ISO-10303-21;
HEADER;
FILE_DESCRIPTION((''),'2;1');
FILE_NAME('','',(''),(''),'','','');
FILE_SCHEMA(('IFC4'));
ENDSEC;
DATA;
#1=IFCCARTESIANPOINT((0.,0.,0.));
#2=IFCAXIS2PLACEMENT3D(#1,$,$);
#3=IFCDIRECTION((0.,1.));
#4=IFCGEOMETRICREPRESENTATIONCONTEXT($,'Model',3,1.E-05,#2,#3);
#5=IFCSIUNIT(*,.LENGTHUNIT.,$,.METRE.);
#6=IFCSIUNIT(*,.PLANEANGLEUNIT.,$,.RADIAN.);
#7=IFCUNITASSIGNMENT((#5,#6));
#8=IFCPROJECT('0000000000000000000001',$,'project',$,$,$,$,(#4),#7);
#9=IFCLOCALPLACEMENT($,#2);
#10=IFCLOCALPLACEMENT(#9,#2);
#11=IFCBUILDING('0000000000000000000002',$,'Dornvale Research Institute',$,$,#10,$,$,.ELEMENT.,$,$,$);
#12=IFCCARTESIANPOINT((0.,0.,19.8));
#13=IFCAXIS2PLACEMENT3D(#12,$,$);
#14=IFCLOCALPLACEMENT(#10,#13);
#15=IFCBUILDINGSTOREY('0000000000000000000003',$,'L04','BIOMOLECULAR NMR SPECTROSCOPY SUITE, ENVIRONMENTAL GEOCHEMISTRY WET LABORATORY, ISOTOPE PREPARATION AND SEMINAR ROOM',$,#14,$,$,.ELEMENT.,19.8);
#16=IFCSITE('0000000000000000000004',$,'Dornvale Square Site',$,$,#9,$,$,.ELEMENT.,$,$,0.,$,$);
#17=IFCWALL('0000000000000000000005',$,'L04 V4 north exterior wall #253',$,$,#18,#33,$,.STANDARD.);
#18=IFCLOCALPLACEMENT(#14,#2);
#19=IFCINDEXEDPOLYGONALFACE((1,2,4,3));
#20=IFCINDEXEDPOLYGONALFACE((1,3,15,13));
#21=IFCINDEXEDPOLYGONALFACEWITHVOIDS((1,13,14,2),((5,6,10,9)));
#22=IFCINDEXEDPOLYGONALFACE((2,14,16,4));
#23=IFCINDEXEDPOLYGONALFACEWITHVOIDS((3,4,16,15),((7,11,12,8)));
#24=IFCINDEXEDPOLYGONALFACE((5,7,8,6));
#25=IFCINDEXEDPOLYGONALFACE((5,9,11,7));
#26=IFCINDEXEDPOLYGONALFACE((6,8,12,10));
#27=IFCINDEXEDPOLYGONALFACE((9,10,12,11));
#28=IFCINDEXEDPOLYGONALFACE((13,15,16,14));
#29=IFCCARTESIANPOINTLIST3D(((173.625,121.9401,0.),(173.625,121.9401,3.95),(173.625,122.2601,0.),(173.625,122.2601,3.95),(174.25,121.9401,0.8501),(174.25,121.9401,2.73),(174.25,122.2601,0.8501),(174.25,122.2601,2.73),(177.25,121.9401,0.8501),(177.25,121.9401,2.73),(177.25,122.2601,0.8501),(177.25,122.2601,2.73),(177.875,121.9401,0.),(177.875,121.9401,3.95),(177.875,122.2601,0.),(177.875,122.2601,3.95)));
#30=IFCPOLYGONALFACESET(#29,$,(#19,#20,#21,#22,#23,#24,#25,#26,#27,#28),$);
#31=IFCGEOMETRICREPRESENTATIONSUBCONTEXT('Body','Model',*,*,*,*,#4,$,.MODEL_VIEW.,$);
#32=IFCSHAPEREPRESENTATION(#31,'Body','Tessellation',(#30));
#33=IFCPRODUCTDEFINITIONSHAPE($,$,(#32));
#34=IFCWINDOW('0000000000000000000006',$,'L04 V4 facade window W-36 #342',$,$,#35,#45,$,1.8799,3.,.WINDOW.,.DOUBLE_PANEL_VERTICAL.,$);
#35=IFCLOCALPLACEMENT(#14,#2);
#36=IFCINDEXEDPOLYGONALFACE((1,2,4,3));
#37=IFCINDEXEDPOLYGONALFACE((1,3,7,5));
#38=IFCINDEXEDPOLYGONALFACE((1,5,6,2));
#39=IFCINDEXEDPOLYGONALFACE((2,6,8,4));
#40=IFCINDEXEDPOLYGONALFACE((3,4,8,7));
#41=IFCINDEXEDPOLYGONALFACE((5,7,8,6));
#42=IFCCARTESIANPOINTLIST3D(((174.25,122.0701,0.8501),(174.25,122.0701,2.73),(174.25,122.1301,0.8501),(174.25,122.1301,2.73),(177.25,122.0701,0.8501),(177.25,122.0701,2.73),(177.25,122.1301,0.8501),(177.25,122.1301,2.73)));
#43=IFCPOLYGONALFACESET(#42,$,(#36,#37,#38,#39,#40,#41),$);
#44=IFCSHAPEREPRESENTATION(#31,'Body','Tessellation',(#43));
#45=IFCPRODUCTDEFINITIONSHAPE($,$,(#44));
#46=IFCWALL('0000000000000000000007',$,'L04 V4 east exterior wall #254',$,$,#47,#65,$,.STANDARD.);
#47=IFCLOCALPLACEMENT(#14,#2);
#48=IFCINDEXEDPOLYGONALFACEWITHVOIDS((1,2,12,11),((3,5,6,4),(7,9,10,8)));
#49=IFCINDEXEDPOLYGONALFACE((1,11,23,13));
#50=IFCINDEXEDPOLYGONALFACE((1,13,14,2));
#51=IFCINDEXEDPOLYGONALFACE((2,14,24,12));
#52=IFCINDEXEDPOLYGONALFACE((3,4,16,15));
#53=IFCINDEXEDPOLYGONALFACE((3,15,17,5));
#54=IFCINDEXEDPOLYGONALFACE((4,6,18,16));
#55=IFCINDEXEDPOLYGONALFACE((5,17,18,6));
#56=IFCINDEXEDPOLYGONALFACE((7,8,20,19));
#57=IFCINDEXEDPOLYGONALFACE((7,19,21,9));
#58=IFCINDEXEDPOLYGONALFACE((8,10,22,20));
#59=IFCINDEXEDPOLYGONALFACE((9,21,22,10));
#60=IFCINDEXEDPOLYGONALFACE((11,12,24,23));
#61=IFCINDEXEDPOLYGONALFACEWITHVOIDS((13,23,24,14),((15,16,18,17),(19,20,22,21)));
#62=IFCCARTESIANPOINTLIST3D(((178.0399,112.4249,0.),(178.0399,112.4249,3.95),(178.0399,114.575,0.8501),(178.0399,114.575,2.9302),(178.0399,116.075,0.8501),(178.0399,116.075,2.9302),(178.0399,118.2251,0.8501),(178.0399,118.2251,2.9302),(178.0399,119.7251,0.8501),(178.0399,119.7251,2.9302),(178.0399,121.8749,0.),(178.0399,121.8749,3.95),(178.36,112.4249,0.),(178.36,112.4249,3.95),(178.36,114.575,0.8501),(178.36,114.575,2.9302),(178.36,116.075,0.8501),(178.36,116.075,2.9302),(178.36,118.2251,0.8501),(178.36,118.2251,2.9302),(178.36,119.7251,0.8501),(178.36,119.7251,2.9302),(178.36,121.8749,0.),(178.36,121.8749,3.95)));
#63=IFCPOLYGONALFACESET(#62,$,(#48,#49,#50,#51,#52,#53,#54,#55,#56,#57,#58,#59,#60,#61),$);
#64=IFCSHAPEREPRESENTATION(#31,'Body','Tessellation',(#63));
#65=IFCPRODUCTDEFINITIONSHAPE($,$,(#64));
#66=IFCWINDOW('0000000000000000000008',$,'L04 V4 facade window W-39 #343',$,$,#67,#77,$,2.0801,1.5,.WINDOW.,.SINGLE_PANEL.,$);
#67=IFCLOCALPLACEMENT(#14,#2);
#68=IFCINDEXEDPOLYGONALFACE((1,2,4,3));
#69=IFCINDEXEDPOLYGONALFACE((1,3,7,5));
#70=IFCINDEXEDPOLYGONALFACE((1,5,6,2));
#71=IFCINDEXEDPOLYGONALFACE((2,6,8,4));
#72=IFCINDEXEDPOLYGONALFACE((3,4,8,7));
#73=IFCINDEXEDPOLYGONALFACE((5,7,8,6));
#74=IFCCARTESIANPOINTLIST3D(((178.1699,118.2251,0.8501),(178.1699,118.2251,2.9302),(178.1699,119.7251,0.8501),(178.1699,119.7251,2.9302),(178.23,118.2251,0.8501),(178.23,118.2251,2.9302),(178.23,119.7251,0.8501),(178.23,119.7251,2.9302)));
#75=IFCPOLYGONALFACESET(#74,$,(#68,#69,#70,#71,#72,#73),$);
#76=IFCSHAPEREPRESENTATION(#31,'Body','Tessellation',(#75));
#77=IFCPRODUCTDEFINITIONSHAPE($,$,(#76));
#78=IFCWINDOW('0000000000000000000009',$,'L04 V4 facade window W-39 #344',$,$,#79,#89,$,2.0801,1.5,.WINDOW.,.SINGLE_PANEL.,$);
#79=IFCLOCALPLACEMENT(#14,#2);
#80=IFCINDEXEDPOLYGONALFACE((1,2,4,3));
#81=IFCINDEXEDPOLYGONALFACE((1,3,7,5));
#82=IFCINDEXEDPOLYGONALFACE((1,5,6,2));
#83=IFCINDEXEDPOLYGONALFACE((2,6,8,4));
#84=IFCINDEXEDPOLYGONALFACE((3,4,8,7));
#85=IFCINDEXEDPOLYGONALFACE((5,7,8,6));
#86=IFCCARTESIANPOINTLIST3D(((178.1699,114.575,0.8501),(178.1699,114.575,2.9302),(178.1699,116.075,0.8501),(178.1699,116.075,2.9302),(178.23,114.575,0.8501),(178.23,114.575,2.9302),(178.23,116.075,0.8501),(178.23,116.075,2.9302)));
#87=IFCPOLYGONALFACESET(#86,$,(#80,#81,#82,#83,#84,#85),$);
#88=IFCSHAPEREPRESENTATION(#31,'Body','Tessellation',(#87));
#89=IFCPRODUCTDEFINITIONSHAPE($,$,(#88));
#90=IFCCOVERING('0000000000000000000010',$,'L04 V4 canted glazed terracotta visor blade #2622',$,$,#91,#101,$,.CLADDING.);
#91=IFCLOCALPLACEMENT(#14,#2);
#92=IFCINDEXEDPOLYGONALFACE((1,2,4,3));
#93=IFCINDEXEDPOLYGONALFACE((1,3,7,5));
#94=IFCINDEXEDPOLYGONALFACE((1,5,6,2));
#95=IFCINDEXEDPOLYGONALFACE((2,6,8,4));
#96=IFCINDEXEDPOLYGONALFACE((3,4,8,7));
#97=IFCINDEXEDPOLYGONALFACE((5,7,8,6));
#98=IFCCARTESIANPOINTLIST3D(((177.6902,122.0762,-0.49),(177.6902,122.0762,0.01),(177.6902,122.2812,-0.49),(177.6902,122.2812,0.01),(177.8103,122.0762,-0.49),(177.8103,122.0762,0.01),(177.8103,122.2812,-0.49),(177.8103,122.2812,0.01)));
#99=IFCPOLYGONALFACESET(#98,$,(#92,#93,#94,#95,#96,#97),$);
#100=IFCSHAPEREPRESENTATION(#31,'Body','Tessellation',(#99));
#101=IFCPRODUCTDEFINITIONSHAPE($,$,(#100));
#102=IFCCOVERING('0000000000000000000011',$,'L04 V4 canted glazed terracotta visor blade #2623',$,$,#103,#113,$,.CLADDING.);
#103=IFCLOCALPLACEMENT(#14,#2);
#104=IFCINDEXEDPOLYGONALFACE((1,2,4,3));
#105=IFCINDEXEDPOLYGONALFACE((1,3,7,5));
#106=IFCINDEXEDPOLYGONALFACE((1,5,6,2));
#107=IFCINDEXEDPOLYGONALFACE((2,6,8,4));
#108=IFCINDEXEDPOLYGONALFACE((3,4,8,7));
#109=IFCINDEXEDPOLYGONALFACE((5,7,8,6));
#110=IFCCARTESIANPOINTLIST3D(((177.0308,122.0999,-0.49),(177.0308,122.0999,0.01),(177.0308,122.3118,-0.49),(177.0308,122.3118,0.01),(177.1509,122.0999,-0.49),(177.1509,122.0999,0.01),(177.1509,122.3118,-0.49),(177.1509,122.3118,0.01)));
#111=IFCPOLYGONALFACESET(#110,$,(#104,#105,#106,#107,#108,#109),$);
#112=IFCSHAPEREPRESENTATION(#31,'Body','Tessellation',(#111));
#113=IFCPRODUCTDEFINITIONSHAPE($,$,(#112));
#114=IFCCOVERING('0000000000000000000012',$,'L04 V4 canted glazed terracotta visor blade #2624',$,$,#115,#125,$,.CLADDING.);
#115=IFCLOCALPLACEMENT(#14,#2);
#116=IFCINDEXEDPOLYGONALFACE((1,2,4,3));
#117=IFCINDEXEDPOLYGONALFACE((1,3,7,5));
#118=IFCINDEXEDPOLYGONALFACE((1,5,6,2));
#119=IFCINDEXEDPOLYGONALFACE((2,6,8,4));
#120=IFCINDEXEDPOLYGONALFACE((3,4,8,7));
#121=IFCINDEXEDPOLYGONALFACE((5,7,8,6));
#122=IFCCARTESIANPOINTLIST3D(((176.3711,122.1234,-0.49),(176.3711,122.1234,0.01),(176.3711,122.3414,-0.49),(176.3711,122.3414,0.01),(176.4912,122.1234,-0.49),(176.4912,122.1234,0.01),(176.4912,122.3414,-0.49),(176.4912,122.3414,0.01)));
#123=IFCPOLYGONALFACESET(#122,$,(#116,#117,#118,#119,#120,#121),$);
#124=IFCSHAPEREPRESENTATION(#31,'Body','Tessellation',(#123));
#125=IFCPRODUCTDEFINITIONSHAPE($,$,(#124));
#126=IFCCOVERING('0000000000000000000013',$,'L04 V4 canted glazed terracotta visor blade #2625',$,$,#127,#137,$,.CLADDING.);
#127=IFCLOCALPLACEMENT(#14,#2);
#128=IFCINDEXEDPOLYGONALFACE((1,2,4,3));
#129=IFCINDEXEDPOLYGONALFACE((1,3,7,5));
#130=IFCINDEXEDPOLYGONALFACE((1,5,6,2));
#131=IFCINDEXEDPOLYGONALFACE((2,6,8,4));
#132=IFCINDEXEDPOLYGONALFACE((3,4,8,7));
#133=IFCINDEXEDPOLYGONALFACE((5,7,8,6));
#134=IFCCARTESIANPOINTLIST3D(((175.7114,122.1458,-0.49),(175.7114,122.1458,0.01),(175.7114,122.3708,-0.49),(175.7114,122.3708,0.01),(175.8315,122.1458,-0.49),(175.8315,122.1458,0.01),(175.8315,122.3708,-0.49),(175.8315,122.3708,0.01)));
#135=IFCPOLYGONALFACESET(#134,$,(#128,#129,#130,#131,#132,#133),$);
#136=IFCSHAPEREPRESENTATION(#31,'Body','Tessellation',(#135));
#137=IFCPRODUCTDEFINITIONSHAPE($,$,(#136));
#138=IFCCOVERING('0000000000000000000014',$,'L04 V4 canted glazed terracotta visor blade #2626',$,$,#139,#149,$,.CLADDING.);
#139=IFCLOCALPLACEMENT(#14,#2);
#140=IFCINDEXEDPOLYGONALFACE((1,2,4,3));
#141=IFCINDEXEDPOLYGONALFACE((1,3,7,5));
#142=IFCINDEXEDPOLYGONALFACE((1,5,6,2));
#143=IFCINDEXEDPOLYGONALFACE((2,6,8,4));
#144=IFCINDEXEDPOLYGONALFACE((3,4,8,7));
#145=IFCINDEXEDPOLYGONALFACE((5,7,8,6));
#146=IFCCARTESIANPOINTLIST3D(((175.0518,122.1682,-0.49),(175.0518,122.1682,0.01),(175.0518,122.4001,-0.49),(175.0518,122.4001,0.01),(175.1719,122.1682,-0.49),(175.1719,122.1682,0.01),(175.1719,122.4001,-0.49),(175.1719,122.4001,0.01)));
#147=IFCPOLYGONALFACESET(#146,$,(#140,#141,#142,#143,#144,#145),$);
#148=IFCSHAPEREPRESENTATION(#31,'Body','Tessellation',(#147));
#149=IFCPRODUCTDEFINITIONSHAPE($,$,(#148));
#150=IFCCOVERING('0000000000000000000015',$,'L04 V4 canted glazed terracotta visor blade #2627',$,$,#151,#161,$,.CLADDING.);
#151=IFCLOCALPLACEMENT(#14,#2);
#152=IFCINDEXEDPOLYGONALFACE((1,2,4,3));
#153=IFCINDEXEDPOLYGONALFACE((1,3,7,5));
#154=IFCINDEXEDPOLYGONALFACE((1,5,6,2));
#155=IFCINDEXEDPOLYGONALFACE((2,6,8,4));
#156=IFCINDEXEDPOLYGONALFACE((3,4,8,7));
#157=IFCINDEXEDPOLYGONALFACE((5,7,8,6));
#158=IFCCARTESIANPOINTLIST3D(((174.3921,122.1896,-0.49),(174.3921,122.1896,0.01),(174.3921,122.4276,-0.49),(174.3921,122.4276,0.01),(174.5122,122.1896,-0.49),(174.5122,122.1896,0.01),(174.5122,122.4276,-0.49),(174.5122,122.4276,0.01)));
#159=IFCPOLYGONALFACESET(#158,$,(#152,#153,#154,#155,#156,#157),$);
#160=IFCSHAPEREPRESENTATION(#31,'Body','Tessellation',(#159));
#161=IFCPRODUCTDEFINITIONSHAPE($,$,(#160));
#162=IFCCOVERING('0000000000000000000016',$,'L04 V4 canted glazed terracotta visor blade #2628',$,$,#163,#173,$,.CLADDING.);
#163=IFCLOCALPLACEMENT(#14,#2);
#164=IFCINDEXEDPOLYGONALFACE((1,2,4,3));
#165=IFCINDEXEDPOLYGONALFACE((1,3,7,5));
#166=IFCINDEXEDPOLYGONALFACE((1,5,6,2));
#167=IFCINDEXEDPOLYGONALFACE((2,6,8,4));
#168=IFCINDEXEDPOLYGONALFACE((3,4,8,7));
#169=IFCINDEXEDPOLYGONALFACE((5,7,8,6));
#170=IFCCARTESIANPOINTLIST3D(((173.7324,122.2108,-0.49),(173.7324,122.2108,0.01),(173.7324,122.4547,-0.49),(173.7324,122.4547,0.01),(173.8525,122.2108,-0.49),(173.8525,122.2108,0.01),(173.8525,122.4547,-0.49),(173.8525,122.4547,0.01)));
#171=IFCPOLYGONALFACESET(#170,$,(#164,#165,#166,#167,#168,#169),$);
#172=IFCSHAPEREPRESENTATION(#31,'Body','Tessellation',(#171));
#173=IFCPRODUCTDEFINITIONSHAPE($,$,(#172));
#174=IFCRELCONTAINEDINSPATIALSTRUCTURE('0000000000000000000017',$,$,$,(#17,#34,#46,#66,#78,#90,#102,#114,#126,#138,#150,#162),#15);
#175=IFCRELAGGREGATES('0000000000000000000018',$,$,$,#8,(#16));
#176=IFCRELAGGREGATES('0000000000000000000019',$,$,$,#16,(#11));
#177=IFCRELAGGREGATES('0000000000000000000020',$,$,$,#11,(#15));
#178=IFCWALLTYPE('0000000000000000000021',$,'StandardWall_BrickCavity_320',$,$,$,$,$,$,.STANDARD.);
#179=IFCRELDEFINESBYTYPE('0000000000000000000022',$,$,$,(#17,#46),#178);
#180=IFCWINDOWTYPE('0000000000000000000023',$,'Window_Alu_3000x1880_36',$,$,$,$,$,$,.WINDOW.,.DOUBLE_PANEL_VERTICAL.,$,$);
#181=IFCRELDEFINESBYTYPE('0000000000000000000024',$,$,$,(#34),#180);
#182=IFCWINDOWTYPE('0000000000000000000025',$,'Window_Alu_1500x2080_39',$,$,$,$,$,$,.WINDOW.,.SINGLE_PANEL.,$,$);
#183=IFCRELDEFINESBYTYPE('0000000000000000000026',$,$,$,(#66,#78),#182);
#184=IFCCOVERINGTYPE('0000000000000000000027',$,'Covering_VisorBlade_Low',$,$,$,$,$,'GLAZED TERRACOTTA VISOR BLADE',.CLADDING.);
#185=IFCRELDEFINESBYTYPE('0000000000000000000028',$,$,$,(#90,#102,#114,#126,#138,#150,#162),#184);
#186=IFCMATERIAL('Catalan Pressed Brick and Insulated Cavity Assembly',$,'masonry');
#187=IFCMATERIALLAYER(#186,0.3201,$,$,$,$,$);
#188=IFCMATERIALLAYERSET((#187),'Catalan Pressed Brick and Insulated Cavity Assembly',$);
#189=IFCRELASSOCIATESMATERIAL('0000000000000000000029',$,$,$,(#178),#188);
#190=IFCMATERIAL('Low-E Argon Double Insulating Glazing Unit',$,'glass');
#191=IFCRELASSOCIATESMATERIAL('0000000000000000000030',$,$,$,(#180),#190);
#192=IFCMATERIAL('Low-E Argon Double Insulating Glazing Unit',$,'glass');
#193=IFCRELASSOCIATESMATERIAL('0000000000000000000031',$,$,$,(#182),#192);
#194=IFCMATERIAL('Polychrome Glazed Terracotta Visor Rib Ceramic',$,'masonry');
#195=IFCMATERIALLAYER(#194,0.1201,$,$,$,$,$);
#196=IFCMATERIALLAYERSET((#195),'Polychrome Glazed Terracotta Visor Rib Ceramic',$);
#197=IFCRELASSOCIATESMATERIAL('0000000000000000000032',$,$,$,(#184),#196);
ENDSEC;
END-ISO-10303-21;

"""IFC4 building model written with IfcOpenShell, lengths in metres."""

from ifc_helpers import new_model, si_unit, direction, frame, frame_2d, origin, origin_2d, place, context, subcontext, project, spatial, rectangle, extrude, material, layer, layer_set, type_object, element, fill, save


model = new_model("IFC4")

# Units and contexts
model_context = context("Model", 3, precision=1e-05, world=origin(), true_north=direction((0.0, 1.0)))
body_context = subcontext(model_context, "Body", "Model", "MODEL_VIEW")
ifc_project = project(units=[si_unit("LENGTHUNIT", "METRE"), si_unit("PLANEANGLEUNIT", "RADIAN")], contexts=[model_context])

# Site, building, storey
site_placement = place(None, origin())
site = spatial("IfcSite", under=ifc_project, at=site_placement, Name="Dornvale Square Site", CompositionType="ELEMENT", RefElevation=0.0)
building_placement = place(site_placement, origin())
building = spatial("IfcBuilding", under=site, at=building_placement, Name="Dornvale Research Institute", CompositionType="ELEMENT")
storey_placement = place(building_placement, frame((0.0, 0.0, 19.8)))
storey = spatial("IfcBuildingStorey", under=building, at=storey_placement, Name="L04", Description="BIOMOLECULAR NMR SPECTROSCOPY SUITE, ENVIRONMENTAL GEOCHEMISTRY WET LABORATORY, ISOTOPE PREPARATION AND SEMINAR ROOM", CompositionType="ELEMENT", Elevation=19.8)

# Wall, opening, window
ifc_material_1 = material(Name="Catalan Pressed Brick and Insulated Cavity Assembly", Category="masonry")
ifc_layer_1 = layer(ifc_material_1, 0.3201)
ifc_layer_set_1 = layer_set([ifc_layer_1], Name="Catalan Pressed Brick and Insulated Cavity Assembly")
wall_type = type_object("IfcWallType", Name="StandardWall_BrickCavity_320", PredefinedType="STANDARD", material=ifc_layer_set_1)
wall_1_placement = place(storey_placement, frame((173.625, 122.1001, 0.0), z_axis=(0.0, 0.0, 1.0), x_axis=(1.0, 0.0, 0.0)))
wall_1 = element("IfcWall", 1, at=wall_1_placement, inside=storey, type_object=wall_type, Name="L04 V4 north exterior wall #253", PredefinedType="STANDARD", context=body_context, shape_type="SweptSolid", body=[
    extrude(rectangle(XDim=4.25, YDim=0.3201, at=frame_2d((2.125, 0.0))), origin(), (0.0, 0.0, 1.0), 3.95),
])
opening_1_placement = place(wall_1_placement, frame((0.625, 0.0, 0.8501)))
opening_1 = element("IfcOpeningElement", 2, at=opening_1_placement, cuts=wall_1, PredefinedType="OPENING", context=body_context, shape_type="SweptSolid", body=[
    extrude(rectangle(XDim=3.0, YDim=1.8799, at=frame_2d((1.5, 0.9399))), frame((0.0, 0.175, 0.0), z_axis=(0.0, -1.0, 0.0), x_axis=(1.0, 0.0, 0.0)), (0.0, 0.0, 1.0), 0.3501),
])
ifc_material_2 = material(Name="Low-E Argon Double Insulating Glazing Unit", Category="glass")
window_type_1 = type_object("IfcWindowType", Name="Window_Alu_3000x1880_36", PartitioningType="DOUBLE_PANEL_VERTICAL", PredefinedType="WINDOW", material=ifc_material_2)
window_1_placement = place(opening_1_placement, origin())
window_1 = element("IfcWindow", 3, at=window_1_placement, inside=storey, type_object=window_type_1, Name="L04 V4 facade window W-36 #342", OverallHeight=1.8799, OverallWidth=3.0, PartitioningType="DOUBLE_PANEL_VERTICAL", PredefinedType="WINDOW", context=body_context, shape_type="SweptSolid", body=[
    extrude(rectangle(XDim=3.0, YDim=1.8799, at=frame_2d((1.5, 0.9399))), frame((0.0, 0.03, 0.0), z_axis=(0.0, -1.0, 0.0), x_axis=(1.0, 0.0, 0.0)), (0.0, 0.0, 1.0), 0.0601),
])
fill(opening_1, window_1)

# Wall, openings, windows
wall_2_placement = place(storey_placement, frame((178.2, 121.875, 0.0), z_axis=(0.0, 0.0, 1.0), x_axis=(0.0, -1.0, 0.0)))
wall_2 = element("IfcWall", 4, at=wall_2_placement, inside=storey, type_object=wall_type, Name="L04 V4 east exterior wall #254", PredefinedType="STANDARD", context=body_context, shape_type="SweptSolid", body=[
    extrude(rectangle(XDim=9.45, YDim=0.3201, at=frame_2d((4.7251, 0.0))), origin(), (0.0, 0.0, 1.0), 3.95),
])
opening_2_placement = place(wall_2_placement, frame((2.1499, 0.0, 0.8501)))
opening_2 = element("IfcOpeningElement", 5, at=opening_2_placement, cuts=wall_2, PredefinedType="OPENING", context=body_context, shape_type="SweptSolid", body=[
    extrude(rectangle(XDim=1.5, YDim=2.0801, at=frame_2d((0.75, 1.04))), frame((0.0, 0.175, 0.0), z_axis=(0.0, -1.0, 0.0), x_axis=(1.0, 0.0, 0.0)), (0.0, 0.0, 1.0), 0.3501),
])
opening_3_placement = place(wall_2_placement, frame((5.8, 0.0, 0.8501)))
opening_3 = element("IfcOpeningElement", 6, at=opening_3_placement, cuts=wall_2, PredefinedType="OPENING", context=body_context, shape_type="SweptSolid", body=[
    extrude(rectangle(XDim=1.5, YDim=2.0801, at=frame_2d((0.75, 1.04))), frame((0.0, 0.175, 0.0), z_axis=(0.0, -1.0, 0.0), x_axis=(1.0, 0.0, 0.0)), (0.0, 0.0, 1.0), 0.3501),
])
ifc_material_3 = material(Name="Low-E Argon Double Insulating Glazing Unit", Category="glass")
window_type_2 = type_object("IfcWindowType", Name="Window_Alu_1500x2080_39", PartitioningType="SINGLE_PANEL", PredefinedType="WINDOW", material=ifc_material_3)
window_2_placement = place(opening_2_placement, origin())
window_2 = element("IfcWindow", 7, at=window_2_placement, inside=storey, type_object=window_type_2, Name="L04 V4 facade window W-39 #343", OverallHeight=2.0801, OverallWidth=1.5, PartitioningType="SINGLE_PANEL", PredefinedType="WINDOW", context=body_context, shape_type="SweptSolid", body=[
    extrude(rectangle(XDim=1.5, YDim=2.0801, at=frame_2d((0.75, 1.04))), frame((0.0, 0.03, 0.0), z_axis=(0.0, -1.0, 0.0), x_axis=(1.0, 0.0, 0.0)), (0.0, 0.0, 1.0), 0.0601),
])
fill(opening_2, window_2)
window_3_placement = place(opening_3_placement, origin())
window_3 = element("IfcWindow", 8, at=window_3_placement, inside=storey, type_object=window_type_2, Name="L04 V4 facade window W-39 #344", OverallHeight=2.0801, OverallWidth=1.5, PartitioningType="SINGLE_PANEL", PredefinedType="WINDOW", context=body_context, shape_type="SweptSolid", body=[
    extrude(rectangle(XDim=1.5, YDim=2.0801, at=frame_2d((0.75, 1.04))), frame((0.0, 0.03, 0.0), z_axis=(0.0, -1.0, 0.0), x_axis=(1.0, 0.0, 0.0)), (0.0, 0.0, 1.0), 0.0601),
])
fill(opening_3, window_3)

# Coverings
ifc_material_4 = material(Name="Polychrome Glazed Terracotta Visor Rib Ceramic", Category="masonry")
ifc_layer_2 = layer(ifc_material_4, 0.1201)
ifc_layer_set_2 = layer_set([ifc_layer_2], Name="Polychrome Glazed Terracotta Visor Rib Ceramic")
covering_type = type_object("IfcCoveringType", Name="Covering_VisorBlade_Low", ElementType="GLAZED TERRACOTTA VISOR BLADE", PredefinedType="CLADDING", material=ifc_layer_set_2)
covering_1_placement = place(storey_placement, frame((177.7502, 122.1787, -0.49), z_axis=(0.0, 0.0, 1.0), x_axis=(0.0, 1.0, 0.0)))
element("IfcCovering", 9, at=covering_1_placement, inside=storey, type_object=covering_type, Name="L04 V4 canted glazed terracotta visor blade #2622", PredefinedType="CLADDING", context=body_context, shape_type="SweptSolid", body=[
    extrude(rectangle(XDim=0.2051, YDim=0.1201, at=origin_2d()), origin(), (0.0, 0.0, 1.0), 0.5),
])
covering_2_placement = place(storey_placement, frame((177.0908, 122.2058, -0.49), z_axis=(0.0, 0.0, 1.0), x_axis=(0.0, 1.0, 0.0)))
element("IfcCovering", 10, at=covering_2_placement, inside=storey, type_object=covering_type, Name="L04 V4 canted glazed terracotta visor blade #2623", PredefinedType="CLADDING", context=body_context, shape_type="SweptSolid", body=[
    extrude(rectangle(XDim=0.2119, YDim=0.1201, at=origin_2d()), origin(), (0.0, 0.0, 1.0), 0.5),
])
covering_3_placement = place(storey_placement, frame((176.4312, 122.2324, -0.49), z_axis=(0.0, 0.0, 1.0), x_axis=(0.0, 1.0, 0.0)))
element("IfcCovering", 11, at=covering_3_placement, inside=storey, type_object=covering_type, Name="L04 V4 canted glazed terracotta visor blade #2624", PredefinedType="CLADDING", context=body_context, shape_type="SweptSolid", body=[
    extrude(rectangle(XDim=0.218, YDim=0.1201, at=origin_2d()), origin(), (0.0, 0.0, 1.0), 0.5),
])
covering_4_placement = place(storey_placement, frame((175.7715, 122.2583, -0.49), z_axis=(0.0, 0.0, 1.0), x_axis=(0.0, 1.0, 0.0)))
element("IfcCovering", 12, at=covering_4_placement, inside=storey, type_object=covering_type, Name="L04 V4 canted glazed terracotta visor blade #2625", PredefinedType="CLADDING", context=body_context, shape_type="SweptSolid", body=[
    extrude(rectangle(XDim=0.2251, YDim=0.1201, at=origin_2d()), origin(), (0.0, 0.0, 1.0), 0.5),
])
covering_5_placement = place(storey_placement, frame((175.1118, 122.2842, -0.49), z_axis=(0.0, 0.0, 1.0), x_axis=(0.0, 1.0, 0.0)))
element("IfcCovering", 13, at=covering_5_placement, inside=storey, type_object=covering_type, Name="L04 V4 canted glazed terracotta visor blade #2626", PredefinedType="CLADDING", context=body_context, shape_type="SweptSolid", body=[
    extrude(rectangle(XDim=0.2319, YDim=0.1201, at=origin_2d()), origin(), (0.0, 0.0, 1.0), 0.5),
])
covering_6_placement = place(storey_placement, frame((174.4521, 122.3086, -0.49), z_axis=(0.0, 0.0, 1.0), x_axis=(0.0, 1.0, 0.0)))
element("IfcCovering", 14, at=covering_6_placement, inside=storey, type_object=covering_type, Name="L04 V4 canted glazed terracotta visor blade #2627", PredefinedType="CLADDING", context=body_context, shape_type="SweptSolid", body=[
    extrude(rectangle(XDim=0.238, YDim=0.1201, at=origin_2d()), origin(), (0.0, 0.0, 1.0), 0.5),
])
covering_7_placement = place(storey_placement, frame((173.7925, 122.3328, -0.49), z_axis=(0.0, 0.0, 1.0), x_axis=(0.0, 1.0, 0.0)))
element("IfcCovering", 15, at=covering_7_placement, inside=storey, type_object=covering_type, Name="L04 V4 canted glazed terracotta visor blade #2628", PredefinedType="CLADDING", context=body_context, shape_type="SweptSolid", body=[
    extrude(rectangle(XDim=0.2439, YDim=0.1201, at=origin_2d()), origin(), (0.0, 0.0, 1.0), 0.5),
])

save(model, "model.ifc")
